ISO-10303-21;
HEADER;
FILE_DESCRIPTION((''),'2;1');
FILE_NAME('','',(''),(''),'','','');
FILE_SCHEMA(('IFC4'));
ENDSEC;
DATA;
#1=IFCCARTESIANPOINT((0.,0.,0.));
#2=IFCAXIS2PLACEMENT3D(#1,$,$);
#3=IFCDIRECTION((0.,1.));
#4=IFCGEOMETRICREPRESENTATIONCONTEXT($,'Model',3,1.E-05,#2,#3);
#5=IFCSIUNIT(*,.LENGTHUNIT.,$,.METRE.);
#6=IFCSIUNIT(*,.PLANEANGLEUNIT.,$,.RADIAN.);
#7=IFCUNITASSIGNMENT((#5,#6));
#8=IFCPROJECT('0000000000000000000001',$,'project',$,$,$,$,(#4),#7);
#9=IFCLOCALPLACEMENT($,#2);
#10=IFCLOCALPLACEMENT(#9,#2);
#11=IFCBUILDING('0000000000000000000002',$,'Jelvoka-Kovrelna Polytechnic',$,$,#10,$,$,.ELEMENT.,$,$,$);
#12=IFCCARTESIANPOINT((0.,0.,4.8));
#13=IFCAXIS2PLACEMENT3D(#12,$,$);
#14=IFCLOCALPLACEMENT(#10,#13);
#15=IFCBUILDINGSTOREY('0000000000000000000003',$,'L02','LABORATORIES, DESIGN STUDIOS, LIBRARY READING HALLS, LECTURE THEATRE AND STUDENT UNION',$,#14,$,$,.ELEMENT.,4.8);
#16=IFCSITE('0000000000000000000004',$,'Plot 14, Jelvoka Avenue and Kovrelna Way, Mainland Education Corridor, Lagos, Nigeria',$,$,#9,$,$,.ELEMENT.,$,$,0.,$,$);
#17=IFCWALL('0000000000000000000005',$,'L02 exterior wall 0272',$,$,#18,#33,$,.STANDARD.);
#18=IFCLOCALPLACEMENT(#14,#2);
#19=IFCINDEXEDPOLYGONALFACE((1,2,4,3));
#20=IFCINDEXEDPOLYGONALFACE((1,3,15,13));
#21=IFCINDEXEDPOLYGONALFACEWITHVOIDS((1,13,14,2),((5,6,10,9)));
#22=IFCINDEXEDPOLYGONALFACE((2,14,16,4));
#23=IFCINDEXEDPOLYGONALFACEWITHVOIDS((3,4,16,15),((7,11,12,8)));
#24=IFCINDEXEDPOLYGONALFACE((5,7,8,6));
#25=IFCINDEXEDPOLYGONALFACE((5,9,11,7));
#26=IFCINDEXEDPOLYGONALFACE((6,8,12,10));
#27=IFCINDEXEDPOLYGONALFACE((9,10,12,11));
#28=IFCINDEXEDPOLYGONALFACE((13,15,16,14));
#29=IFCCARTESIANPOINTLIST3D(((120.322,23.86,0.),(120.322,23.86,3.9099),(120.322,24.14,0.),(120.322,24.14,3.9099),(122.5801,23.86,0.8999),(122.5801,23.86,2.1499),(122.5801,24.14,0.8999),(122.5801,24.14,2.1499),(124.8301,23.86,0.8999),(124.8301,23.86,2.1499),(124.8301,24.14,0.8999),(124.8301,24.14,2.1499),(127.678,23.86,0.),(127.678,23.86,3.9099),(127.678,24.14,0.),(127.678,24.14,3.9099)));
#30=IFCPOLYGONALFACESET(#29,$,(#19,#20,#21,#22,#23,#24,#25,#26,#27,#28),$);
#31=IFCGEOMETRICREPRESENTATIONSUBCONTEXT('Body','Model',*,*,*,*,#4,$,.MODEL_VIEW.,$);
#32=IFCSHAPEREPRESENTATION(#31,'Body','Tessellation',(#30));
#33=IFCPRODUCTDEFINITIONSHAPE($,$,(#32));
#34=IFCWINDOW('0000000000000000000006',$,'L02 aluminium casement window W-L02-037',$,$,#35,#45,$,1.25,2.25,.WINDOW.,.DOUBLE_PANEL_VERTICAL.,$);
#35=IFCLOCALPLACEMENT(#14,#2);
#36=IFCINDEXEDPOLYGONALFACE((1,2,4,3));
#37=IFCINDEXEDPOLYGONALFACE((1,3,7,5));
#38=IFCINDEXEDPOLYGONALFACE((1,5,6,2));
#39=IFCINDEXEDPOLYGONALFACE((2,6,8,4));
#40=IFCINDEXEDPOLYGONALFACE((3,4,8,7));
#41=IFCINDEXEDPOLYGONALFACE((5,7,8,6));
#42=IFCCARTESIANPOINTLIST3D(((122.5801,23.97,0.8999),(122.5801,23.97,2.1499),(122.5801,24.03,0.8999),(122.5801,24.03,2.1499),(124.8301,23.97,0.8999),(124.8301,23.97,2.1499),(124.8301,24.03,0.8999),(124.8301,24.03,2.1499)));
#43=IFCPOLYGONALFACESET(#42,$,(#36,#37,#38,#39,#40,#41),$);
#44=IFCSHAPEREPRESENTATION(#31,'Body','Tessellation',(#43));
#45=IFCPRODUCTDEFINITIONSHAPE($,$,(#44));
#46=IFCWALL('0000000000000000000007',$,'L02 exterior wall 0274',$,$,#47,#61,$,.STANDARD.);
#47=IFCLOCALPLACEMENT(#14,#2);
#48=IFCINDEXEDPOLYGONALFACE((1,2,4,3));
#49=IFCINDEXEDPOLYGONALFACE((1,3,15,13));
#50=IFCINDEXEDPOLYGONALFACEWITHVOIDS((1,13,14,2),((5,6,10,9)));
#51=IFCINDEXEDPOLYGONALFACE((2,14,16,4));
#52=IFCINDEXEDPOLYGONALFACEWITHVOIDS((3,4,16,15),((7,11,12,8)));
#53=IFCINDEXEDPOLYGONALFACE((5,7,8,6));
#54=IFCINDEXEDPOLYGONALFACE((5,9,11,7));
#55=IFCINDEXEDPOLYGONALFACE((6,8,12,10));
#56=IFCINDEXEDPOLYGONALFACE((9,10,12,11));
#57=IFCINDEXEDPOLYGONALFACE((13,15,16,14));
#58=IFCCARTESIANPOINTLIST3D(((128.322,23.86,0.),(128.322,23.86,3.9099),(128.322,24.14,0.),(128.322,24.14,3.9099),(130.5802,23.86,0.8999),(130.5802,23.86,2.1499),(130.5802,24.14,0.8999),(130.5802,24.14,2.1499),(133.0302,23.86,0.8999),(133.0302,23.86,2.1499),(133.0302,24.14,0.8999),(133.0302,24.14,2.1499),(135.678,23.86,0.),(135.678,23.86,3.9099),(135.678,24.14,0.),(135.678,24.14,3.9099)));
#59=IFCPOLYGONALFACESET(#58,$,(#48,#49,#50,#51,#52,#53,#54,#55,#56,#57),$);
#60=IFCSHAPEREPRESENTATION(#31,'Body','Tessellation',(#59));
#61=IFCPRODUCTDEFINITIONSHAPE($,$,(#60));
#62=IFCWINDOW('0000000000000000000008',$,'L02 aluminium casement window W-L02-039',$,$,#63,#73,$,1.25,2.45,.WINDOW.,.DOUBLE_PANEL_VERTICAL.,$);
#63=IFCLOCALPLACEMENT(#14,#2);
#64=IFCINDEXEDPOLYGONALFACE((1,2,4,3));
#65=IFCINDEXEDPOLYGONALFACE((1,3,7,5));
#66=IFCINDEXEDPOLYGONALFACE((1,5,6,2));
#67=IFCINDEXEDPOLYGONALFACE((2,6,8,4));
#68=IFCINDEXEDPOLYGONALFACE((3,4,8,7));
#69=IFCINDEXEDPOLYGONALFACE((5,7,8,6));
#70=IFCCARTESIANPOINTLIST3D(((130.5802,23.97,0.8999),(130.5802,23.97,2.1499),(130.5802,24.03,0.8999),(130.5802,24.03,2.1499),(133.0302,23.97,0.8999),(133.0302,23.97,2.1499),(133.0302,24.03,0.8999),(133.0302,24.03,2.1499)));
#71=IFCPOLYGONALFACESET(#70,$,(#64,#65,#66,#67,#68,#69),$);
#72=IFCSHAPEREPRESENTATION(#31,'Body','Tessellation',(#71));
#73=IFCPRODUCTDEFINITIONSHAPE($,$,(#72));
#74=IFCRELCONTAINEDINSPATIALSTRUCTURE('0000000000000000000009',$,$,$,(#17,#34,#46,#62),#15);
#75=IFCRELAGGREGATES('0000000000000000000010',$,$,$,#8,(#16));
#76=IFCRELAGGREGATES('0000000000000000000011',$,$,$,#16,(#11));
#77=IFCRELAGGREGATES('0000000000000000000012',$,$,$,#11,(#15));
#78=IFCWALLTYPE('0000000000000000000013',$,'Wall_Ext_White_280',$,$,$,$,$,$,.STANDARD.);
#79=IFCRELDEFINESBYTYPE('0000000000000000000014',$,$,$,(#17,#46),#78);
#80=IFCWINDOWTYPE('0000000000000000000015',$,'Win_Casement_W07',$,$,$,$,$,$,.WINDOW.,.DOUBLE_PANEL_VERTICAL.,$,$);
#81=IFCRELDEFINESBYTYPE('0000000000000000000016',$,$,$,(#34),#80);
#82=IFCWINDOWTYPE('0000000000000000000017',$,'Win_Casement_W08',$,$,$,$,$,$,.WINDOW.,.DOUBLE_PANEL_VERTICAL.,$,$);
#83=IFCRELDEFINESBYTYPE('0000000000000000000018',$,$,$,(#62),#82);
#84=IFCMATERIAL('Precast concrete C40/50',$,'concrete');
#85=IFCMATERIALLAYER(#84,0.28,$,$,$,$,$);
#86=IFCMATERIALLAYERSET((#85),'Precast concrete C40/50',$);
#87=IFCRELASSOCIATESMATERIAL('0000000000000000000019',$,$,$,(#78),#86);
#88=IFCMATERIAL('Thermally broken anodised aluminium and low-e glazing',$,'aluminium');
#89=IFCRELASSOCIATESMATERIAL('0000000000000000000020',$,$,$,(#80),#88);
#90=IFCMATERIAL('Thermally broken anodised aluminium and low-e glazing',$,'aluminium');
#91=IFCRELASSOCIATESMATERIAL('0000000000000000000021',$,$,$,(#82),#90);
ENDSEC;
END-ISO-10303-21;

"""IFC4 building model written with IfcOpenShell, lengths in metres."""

from ifc_helpers import new_model, si_unit, direction, frame, frame_2d, origin, place, context, subcontext, project, spatial, rectangle, extrude, material, layer, layer_set, type_object, element, fill, save


model = new_model("IFC4")

# Units and contexts
model_context = context("Model", 3, precision=1e-05, world=origin(), true_north=direction((0.0, 1.0)))
body_context = subcontext(model_context, "Body", "Model", "MODEL_VIEW")
ifc_project = project(units=[si_unit("LENGTHUNIT", "METRE"), si_unit("PLANEANGLEUNIT", "RADIAN")], contexts=[model_context])

# Site, building, storey
site_placement = place(None, origin())
site = spatial("IfcSite", under=ifc_project, at=site_placement, Name="Plot 14, Jelvoka Avenue and Kovrelna Way, Mainland Education Corridor, Lagos, Nigeria", CompositionType="ELEMENT", RefElevation=0.0)
building_placement = place(site_placement, origin())
building = spatial("IfcBuilding", under=site, at=building_placement, Name="Jelvoka-Kovrelna Polytechnic", CompositionType="ELEMENT")
storey_placement = place(building_placement, frame((0.0, 0.0, 4.8)))
storey = spatial("IfcBuildingStorey", under=building, at=storey_placement, Name="L02", Description="LABORATORIES, DESIGN STUDIOS, LIBRARY READING HALLS, LECTURE THEATRE AND STUDENT UNION", CompositionType="ELEMENT", Elevation=4.8)

# Walls, openings, windows
ifc_material_1 = material(Name="Precast concrete C40/50", Category="concrete")
ifc_layer_1 = layer(ifc_material_1, 0.28)
ifc_layer_set_1 = layer_set([ifc_layer_1], Name="Precast concrete C40/50")
wall_type_1 = type_object("IfcWallType", Name="Wall_Ext_White_280", PredefinedType="STANDARD", material=ifc_layer_set_1)
ifc_material_2 = material(Name="Thermally broken anodised aluminium and low-e glazing", Category="aluminium")
window_type_1 = type_object("IfcWindowType", Name="Win_Casement_W07", PartitioningType="DOUBLE_PANEL_VERTICAL", PredefinedType="WINDOW", material=ifc_material_2)
wall_1_placement = place(storey_placement, frame((120.322, 24.0, 0.0), z_axis=(0.0, 0.0, 1.0), x_axis=(1.0, 0.0, 0.0)))
wall_1 = element("IfcWall", 1, at=wall_1_placement, inside=storey, type_object=wall_type_1, Name="L02 exterior wall 0272", PredefinedType="STANDARD", context=body_context, shape_type="SweptSolid", body=[
    extrude(rectangle(XDim=7.356, YDim=0.28, at=frame_2d((3.678, 0.0))), origin(), (0.0, 0.0, 1.0), 3.9099),
])
opening_1_placement = place(wall_1_placement, frame((2.2581, 0.0, 0.8999)))
opening_1 = element("IfcOpeningElement", 2, at=opening_1_placement, cuts=wall_1, PredefinedType="OPENING", context=body_context, shape_type="SweptSolid", body=[
    extrude(rectangle(XDim=2.25, YDim=1.25, at=frame_2d((1.125, 0.625))), frame((0.0, 0.1501, 0.0), z_axis=(0.0, -1.0, 0.0), x_axis=(1.0, 0.0, 0.0)), (0.0, 0.0, 1.0), 0.3),
])
window_1_placement = place(opening_1_placement, origin())
window_1 = element("IfcWindow", 3, at=window_1_placement, inside=storey, type_object=window_type_1, Name="L02 aluminium casement window W-L02-037", OverallHeight=1.25, OverallWidth=2.25, PartitioningType="DOUBLE_PANEL_VERTICAL", PredefinedType="WINDOW", context=body_context, shape_type="SweptSolid", body=[
    extrude(rectangle(XDim=2.25, YDim=1.25, at=frame_2d((1.125, 0.625))), frame((0.0, 0.03, 0.0), z_axis=(0.0, -1.0, 0.0), x_axis=(1.0, 0.0, 0.0)), (0.0, 0.0, 1.0), 0.0601),
])
fill(opening_1, window_1)
wall_2_placement = place(storey_placement, frame((128.322, 24.0, 0.0), z_axis=(0.0, 0.0, 1.0), x_axis=(1.0, 0.0, 0.0)))
wall_2 = element("IfcWall", 4, at=wall_2_placement, inside=storey, type_object=wall_type_1, Name="L02 exterior wall 0274", PredefinedType="STANDARD", context=body_context, shape_type="SweptSolid", body=[
    extrude(rectangle(XDim=7.356, YDim=0.28, at=frame_2d((3.678, 0.0))), origin(), (0.0, 0.0, 1.0), 3.9099),
])
opening_2_placement = place(wall_2_placement, frame((2.2581, 0.0, 0.8999)))
opening_2 = element("IfcOpeningElement", 5, at=opening_2_placement, cuts=wall_2, PredefinedType="OPENING", context=body_context, shape_type="SweptSolid", body=[
    extrude(rectangle(XDim=2.45, YDim=1.25, at=frame_2d((1.2251, 0.625))), frame((0.0, 0.1501, 0.0), z_axis=(0.0, -1.0, 0.0), x_axis=(1.0, 0.0, 0.0)), (0.0, 0.0, 1.0), 0.3),
])
ifc_material_3 = material(Name="Thermally broken anodised aluminium and low-e glazing", Category="aluminium")
window_type_2 = type_object("IfcWindowType", Name="Win_Casement_W08", PartitioningType="DOUBLE_PANEL_VERTICAL", PredefinedType="WINDOW", material=ifc_material_3)
window_2_placement = place(opening_2_placement, origin())
window_2 = element("IfcWindow", 6, at=window_2_placement, inside=storey, type_object=window_type_2, Name="L02 aluminium casement window W-L02-039", OverallHeight=1.25, OverallWidth=2.45, PartitioningType="DOUBLE_PANEL_VERTICAL", PredefinedType="WINDOW", context=body_context, shape_type="SweptSolid", body=[
    extrude(rectangle(XDim=2.45, YDim=1.25, at=frame_2d((1.2251, 0.625))), frame((0.0, 0.03, 0.0), z_axis=(0.0, -1.0, 0.0), x_axis=(1.0, 0.0, 0.0)), (0.0, 0.0, 1.0), 0.0601),
])
fill(opening_2, window_2)

save(model, "model.ifc")
